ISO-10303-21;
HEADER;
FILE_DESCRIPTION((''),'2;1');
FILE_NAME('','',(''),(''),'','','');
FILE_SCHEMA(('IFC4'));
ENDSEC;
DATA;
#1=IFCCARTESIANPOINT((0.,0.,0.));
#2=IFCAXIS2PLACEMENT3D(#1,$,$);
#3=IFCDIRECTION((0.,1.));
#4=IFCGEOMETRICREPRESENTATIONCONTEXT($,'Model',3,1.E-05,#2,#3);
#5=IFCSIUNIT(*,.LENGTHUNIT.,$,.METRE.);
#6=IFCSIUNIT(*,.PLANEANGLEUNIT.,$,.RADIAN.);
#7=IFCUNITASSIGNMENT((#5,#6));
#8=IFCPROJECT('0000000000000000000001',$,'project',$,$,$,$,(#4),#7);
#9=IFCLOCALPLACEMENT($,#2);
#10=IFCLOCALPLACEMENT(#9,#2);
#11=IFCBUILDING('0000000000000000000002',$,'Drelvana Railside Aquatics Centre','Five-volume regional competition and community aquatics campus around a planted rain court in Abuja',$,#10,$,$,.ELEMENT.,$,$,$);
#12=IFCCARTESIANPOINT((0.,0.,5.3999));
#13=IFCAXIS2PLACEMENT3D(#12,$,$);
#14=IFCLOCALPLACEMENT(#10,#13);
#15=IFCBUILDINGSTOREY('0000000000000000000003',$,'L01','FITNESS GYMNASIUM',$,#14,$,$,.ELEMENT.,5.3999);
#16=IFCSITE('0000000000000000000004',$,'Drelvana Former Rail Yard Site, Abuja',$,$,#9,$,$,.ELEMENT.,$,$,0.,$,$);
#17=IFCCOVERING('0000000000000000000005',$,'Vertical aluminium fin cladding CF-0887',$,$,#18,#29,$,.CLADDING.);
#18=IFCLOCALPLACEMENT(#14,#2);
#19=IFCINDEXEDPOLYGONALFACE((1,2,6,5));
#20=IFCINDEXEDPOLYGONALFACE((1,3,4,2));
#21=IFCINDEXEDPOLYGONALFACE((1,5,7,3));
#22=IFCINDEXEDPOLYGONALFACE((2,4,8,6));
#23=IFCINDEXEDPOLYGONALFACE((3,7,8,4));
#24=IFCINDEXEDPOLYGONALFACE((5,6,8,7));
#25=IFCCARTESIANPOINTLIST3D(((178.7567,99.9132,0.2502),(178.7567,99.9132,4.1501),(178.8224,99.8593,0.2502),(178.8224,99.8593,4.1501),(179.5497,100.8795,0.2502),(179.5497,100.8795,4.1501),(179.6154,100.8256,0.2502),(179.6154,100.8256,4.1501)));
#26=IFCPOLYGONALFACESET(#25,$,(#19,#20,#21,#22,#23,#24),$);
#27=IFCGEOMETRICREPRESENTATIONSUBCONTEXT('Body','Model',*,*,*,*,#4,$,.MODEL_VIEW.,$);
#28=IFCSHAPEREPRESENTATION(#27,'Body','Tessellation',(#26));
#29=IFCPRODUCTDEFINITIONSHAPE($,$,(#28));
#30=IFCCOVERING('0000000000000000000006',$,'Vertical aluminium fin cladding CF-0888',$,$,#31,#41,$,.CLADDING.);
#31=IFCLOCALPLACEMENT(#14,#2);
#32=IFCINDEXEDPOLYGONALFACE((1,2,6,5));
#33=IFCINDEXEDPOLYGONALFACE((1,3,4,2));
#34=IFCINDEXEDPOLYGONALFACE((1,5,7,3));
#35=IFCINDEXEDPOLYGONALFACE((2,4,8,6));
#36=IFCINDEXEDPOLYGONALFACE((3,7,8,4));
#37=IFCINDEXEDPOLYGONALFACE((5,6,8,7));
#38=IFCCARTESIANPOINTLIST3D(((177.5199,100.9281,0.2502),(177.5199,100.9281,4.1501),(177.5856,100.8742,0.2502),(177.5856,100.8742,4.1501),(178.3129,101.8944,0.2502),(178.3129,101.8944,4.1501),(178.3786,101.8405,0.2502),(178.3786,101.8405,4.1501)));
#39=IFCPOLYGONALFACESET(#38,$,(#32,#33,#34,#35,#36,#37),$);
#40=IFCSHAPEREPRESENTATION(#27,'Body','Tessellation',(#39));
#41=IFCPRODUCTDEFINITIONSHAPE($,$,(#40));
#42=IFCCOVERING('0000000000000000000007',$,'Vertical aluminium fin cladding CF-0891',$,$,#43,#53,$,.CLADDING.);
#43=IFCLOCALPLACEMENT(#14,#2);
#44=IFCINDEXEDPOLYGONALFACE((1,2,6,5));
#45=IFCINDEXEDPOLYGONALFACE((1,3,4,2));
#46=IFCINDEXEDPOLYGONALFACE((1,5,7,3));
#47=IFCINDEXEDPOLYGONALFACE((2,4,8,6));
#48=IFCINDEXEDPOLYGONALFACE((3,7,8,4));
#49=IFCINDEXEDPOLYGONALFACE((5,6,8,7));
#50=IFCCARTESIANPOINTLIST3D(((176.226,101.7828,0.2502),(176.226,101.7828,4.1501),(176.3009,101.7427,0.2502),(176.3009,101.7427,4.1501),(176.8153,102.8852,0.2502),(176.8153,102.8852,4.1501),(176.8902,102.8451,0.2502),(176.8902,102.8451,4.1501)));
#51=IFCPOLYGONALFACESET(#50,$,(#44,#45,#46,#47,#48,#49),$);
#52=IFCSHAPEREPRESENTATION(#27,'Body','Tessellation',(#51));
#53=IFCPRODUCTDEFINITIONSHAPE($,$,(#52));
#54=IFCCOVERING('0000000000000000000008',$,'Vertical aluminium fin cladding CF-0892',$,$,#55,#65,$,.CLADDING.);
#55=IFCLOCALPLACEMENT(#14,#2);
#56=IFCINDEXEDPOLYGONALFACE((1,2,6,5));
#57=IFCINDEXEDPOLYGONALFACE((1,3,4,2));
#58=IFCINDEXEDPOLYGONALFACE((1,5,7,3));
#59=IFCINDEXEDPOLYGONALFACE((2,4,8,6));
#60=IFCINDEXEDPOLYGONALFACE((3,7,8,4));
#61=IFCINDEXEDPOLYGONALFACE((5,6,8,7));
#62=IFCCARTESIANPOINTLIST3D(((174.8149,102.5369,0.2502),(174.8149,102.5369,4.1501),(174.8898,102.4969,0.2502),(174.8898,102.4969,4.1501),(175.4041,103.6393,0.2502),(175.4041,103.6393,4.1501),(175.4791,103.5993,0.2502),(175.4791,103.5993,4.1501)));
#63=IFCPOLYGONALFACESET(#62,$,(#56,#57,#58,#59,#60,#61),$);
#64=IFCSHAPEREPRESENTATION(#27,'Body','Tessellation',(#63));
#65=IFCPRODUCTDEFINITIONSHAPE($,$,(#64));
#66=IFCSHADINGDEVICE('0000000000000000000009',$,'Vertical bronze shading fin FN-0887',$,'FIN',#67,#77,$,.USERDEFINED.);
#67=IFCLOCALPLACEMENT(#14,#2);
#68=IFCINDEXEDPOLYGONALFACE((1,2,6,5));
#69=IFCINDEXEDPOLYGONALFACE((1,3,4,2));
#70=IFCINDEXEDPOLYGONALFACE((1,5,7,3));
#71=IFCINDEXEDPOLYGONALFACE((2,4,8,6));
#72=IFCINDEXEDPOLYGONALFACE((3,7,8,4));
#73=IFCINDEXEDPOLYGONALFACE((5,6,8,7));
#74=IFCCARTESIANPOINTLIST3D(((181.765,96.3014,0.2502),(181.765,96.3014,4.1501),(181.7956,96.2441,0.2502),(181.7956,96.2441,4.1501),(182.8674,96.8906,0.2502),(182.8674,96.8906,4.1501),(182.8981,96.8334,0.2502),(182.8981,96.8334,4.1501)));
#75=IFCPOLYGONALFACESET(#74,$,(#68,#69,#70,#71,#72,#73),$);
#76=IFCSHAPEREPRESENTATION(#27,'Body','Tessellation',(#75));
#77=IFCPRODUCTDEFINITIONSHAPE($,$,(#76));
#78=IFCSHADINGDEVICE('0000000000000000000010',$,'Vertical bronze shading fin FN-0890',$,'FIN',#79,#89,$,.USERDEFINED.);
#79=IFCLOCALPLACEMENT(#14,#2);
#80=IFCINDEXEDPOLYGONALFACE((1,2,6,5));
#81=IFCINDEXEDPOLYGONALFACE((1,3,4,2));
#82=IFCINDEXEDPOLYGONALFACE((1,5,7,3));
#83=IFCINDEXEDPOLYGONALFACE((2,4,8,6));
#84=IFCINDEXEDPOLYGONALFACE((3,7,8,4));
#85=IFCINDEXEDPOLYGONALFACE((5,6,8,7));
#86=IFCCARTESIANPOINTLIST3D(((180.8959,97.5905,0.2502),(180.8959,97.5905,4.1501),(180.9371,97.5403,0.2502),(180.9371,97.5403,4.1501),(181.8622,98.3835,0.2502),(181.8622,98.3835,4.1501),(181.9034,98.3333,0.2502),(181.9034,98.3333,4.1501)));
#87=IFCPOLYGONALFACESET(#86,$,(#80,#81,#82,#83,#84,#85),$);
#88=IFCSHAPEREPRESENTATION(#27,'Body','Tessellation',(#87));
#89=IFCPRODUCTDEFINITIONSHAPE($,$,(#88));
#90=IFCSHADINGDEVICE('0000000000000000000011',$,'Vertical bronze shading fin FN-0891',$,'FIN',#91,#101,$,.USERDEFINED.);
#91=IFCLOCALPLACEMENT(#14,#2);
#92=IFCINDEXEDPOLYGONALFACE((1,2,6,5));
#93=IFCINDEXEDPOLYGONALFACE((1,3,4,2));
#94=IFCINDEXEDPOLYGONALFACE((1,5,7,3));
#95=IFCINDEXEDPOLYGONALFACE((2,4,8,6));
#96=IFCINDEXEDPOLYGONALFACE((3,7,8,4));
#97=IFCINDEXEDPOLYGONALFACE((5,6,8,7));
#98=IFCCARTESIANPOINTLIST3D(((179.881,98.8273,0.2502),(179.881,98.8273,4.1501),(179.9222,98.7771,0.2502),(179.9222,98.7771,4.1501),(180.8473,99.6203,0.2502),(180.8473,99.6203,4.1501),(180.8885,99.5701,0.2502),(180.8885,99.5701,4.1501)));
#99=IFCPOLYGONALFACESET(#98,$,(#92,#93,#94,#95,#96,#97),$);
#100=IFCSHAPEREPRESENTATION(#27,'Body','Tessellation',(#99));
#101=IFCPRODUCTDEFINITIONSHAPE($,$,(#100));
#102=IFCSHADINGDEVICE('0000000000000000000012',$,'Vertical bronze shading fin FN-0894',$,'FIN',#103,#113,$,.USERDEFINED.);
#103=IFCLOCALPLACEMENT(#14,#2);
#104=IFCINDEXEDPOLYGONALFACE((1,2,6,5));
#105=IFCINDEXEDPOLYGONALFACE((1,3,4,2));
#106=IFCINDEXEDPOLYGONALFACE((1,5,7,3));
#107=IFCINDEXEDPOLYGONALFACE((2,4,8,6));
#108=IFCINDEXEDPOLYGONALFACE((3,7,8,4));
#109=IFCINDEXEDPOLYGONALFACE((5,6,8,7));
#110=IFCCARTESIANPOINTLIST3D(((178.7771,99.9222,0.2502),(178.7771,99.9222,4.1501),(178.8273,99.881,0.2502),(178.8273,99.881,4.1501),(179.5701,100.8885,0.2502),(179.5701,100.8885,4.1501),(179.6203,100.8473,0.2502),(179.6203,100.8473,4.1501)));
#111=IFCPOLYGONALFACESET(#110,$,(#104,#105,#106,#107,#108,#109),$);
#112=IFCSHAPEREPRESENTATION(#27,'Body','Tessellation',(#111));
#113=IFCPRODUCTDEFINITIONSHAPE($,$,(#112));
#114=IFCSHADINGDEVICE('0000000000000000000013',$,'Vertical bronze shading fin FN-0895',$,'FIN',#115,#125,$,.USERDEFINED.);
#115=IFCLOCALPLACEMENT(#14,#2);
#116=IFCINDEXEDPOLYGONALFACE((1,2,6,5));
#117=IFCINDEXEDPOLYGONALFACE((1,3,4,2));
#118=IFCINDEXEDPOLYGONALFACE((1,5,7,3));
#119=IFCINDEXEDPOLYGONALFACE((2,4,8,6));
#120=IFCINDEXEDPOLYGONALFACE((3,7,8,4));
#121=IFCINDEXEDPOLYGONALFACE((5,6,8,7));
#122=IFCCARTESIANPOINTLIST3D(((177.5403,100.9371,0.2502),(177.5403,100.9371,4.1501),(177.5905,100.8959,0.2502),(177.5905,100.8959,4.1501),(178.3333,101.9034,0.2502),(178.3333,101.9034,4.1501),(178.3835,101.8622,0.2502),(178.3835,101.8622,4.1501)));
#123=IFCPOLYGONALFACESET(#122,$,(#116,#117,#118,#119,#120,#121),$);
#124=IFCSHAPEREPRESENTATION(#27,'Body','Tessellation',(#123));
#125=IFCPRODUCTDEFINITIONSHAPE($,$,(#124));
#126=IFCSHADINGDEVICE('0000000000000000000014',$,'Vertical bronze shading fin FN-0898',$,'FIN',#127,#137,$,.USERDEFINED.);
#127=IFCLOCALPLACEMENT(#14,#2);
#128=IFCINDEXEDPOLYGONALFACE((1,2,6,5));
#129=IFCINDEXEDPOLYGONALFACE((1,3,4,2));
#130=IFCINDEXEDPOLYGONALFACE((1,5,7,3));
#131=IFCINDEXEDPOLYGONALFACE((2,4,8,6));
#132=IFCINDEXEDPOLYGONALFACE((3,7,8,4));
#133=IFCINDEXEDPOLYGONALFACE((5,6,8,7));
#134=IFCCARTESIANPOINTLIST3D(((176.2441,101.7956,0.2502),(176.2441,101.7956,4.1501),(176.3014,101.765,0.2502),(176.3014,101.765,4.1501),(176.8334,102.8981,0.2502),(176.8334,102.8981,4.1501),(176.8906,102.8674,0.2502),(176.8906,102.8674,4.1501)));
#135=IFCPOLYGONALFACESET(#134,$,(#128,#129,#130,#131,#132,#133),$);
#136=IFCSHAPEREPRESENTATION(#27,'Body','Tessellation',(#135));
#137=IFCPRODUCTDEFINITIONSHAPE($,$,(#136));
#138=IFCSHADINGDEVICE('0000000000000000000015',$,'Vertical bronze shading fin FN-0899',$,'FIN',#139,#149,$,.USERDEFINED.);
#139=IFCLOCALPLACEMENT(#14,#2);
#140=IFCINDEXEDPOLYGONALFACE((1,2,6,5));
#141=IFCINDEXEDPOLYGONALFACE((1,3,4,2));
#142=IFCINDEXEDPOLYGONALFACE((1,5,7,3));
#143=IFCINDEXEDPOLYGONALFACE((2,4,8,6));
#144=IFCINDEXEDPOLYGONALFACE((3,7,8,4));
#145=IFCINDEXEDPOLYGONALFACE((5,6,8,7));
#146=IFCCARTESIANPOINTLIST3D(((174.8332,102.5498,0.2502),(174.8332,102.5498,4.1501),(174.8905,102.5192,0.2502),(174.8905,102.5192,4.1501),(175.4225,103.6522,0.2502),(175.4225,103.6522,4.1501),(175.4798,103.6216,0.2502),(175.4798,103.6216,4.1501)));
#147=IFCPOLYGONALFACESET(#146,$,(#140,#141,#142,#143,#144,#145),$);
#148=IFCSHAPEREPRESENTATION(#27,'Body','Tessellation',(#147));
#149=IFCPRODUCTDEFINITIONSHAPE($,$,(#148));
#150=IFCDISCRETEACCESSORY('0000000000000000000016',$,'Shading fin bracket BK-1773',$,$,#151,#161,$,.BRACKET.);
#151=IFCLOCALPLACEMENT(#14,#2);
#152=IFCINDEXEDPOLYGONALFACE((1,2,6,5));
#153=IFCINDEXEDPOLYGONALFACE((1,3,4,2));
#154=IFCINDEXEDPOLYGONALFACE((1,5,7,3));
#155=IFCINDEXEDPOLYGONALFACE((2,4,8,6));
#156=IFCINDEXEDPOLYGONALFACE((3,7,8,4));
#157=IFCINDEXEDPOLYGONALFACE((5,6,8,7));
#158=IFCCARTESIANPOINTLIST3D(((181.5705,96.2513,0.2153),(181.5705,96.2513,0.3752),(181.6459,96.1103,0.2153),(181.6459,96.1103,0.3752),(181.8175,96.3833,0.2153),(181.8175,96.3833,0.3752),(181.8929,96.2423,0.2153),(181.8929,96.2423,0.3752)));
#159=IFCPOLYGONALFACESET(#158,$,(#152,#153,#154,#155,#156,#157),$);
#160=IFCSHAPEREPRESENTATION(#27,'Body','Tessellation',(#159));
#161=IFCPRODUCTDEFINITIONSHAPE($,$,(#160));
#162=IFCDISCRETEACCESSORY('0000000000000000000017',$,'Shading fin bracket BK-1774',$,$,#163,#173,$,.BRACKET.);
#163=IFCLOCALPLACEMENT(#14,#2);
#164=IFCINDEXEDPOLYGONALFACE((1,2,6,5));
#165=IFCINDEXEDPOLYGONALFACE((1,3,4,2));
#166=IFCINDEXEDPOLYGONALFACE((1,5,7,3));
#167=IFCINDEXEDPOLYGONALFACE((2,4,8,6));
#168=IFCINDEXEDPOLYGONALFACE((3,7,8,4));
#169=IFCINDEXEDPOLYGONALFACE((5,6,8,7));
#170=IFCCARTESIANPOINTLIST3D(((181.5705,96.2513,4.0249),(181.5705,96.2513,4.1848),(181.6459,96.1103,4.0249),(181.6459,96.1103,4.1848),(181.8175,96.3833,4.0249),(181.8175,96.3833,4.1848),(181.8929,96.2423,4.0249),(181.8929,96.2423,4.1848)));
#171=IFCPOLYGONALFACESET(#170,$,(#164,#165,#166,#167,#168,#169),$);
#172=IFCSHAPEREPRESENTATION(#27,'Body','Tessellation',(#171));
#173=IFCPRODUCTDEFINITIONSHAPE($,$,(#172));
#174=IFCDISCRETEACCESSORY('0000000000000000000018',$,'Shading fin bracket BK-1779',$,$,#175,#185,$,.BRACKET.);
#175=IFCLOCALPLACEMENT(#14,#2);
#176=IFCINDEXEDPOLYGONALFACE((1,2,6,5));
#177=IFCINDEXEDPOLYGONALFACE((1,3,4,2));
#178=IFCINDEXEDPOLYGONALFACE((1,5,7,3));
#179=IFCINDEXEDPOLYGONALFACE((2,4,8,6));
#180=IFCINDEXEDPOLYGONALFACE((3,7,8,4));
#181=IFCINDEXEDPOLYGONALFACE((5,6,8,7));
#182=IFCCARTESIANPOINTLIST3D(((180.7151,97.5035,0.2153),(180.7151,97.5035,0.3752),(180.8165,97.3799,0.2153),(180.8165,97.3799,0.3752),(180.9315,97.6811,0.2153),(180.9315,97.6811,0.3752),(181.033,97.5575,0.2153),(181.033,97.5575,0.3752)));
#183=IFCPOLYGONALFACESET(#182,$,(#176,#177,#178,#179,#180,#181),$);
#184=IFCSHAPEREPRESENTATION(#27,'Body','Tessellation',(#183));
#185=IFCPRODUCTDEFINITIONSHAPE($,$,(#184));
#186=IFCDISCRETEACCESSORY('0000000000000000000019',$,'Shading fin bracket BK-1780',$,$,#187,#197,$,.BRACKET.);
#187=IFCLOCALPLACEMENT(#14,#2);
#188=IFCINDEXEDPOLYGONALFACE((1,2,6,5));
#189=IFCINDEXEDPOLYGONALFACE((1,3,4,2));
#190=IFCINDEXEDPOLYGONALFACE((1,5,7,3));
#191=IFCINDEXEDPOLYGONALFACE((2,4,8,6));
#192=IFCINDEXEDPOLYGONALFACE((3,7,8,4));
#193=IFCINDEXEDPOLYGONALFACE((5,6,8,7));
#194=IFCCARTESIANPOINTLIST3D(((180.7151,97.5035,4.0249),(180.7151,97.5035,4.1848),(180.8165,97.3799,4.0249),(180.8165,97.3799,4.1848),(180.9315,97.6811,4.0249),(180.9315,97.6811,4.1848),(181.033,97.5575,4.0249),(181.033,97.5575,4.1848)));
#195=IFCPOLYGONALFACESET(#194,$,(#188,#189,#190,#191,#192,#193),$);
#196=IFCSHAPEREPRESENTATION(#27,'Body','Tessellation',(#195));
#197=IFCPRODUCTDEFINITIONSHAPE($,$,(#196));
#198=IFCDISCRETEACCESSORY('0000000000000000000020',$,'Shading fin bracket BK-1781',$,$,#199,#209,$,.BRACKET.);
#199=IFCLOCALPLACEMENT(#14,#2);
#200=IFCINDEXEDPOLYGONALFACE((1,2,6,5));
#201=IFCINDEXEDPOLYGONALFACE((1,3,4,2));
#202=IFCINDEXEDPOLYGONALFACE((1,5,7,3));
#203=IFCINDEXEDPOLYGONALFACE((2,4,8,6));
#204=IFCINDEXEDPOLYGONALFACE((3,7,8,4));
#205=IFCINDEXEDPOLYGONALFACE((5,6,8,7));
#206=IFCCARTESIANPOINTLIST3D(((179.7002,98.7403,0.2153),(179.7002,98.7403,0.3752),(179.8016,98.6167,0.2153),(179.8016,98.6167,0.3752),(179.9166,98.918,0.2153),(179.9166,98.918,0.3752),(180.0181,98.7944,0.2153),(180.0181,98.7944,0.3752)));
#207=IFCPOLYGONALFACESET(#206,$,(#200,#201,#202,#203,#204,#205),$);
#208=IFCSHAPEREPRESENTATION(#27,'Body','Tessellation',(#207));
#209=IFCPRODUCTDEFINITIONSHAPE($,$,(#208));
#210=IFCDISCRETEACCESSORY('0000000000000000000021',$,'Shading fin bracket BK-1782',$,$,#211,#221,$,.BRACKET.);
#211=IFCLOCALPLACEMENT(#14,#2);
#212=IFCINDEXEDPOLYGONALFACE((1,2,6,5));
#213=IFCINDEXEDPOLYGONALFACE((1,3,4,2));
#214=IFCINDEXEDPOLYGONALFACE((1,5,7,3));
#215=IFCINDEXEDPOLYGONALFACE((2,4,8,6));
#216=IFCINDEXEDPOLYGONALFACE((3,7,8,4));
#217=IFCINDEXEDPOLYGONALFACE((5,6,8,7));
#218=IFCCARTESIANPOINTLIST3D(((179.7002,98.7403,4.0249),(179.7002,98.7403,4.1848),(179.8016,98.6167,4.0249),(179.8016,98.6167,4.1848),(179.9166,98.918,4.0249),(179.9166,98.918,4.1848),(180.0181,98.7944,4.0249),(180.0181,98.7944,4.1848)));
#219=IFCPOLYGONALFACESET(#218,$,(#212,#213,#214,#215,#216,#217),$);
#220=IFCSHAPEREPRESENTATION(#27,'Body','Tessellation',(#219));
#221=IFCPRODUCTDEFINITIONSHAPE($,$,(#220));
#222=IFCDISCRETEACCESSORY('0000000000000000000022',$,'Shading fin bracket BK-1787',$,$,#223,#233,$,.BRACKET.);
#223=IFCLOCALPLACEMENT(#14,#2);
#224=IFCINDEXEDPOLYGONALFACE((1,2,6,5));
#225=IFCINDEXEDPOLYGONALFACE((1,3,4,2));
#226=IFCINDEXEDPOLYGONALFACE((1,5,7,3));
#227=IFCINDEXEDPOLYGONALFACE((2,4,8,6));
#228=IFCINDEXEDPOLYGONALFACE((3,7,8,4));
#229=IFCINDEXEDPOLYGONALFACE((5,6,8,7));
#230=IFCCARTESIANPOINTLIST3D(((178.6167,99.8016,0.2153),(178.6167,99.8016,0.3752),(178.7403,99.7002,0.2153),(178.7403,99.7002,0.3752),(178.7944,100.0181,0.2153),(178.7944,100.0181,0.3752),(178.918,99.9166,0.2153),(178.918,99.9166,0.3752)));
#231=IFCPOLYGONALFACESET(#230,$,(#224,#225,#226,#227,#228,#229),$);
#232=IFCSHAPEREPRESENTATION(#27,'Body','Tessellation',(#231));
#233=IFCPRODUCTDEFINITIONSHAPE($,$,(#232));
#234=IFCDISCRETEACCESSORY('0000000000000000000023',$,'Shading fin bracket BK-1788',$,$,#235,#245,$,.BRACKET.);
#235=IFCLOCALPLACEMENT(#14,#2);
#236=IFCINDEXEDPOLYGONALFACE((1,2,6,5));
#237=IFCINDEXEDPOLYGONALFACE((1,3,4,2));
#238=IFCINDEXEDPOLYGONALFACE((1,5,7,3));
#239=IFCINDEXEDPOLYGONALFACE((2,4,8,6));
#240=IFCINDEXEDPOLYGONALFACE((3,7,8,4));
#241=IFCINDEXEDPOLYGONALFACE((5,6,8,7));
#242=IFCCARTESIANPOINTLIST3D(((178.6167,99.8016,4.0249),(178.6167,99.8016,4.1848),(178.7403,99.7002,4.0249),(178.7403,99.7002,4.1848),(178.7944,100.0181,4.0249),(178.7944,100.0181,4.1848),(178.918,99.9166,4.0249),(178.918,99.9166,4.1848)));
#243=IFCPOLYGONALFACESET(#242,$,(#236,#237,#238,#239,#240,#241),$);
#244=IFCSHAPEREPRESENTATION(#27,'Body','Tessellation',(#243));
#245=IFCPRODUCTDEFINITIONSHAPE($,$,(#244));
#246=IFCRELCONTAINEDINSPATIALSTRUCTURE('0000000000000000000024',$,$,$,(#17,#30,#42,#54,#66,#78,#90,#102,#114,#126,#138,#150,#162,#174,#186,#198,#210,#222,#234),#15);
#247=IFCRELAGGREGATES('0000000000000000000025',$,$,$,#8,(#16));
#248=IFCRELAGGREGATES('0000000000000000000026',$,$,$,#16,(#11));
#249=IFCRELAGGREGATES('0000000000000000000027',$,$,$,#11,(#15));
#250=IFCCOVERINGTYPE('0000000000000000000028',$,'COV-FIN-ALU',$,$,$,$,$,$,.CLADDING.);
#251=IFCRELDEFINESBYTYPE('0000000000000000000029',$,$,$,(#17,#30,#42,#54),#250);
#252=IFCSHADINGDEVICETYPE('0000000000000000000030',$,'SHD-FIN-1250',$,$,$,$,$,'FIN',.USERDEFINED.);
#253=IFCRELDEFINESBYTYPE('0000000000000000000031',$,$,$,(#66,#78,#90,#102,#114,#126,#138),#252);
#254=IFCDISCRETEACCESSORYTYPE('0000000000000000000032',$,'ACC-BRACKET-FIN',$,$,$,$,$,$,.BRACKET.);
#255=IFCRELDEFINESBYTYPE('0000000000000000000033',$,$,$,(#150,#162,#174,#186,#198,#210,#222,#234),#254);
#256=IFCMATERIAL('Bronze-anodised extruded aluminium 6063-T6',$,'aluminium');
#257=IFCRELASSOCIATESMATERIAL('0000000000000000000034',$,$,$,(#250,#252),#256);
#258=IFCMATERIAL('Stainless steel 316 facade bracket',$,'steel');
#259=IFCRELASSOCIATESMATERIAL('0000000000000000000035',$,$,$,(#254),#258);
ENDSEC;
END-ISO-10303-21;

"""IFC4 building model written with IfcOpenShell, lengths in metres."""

from ifc_helpers import new_model, si_unit, direction, frame, origin, origin_2d, place, context, subcontext, project, spatial, rectangle, extrude, material, type_object, element, save


model = new_model("IFC4")

# Units and contexts
model_context = context("Model", 3, precision=1e-05, world=origin(), true_north=direction((0.0, 1.0)))
body_context = subcontext(model_context, "Body", "Model", "MODEL_VIEW")
ifc_project = project(units=[si_unit("LENGTHUNIT", "METRE"), si_unit("PLANEANGLEUNIT", "RADIAN")], contexts=[model_context])

# Site, building, storey
site_placement = place(None, origin())
site = spatial("IfcSite", under=ifc_project, at=site_placement, Name="Drelvana Former Rail Yard Site, Abuja", CompositionType="ELEMENT", RefElevation=0.0)
building_placement = place(site_placement, origin())
building = spatial("IfcBuilding", under=site, at=building_placement, Name="Drelvana Railside Aquatics Centre", Description="Five-volume regional competition and community aquatics campus around a planted rain court in Abuja", CompositionType="ELEMENT")
storey_placement = place(building_placement, frame((0.0, 0.0, 5.3999)))
storey = spatial("IfcBuildingStorey", under=building, at=storey_placement, Name="L01", Description="FITNESS GYMNASIUM", CompositionType="ELEMENT", Elevation=5.3999)

# Coverings
ifc_material_1 = material(Name="Bronze-anodised extruded aluminium 6063-T6", Category="aluminium")
covering_type = type_object("IfcCoveringType", Name="COV-FIN-ALU", PredefinedType="CLADDING", material=ifc_material_1)
for number, where, z_axis, x_axis, name in (
    (1, (179.186, 100.3694, 0.2502), (0.0, 0.0, 1.0), (0.77301, -0.634393, 0.0), "Vertical aluminium fin cladding CF-0887"),
    (2, (177.9492, 101.3843, 0.2502), (0.0, 0.0, 1.0), (0.77301, -0.634393, 0.0), "Vertical aluminium fin cladding CF-0888"),
    (3, (176.5581, 102.314, 0.2502), (0.0, 0.0, 1.0), (0.881921, -0.471397, 0.0), "Vertical aluminium fin cladding CF-0891"),
    (4, (175.147, 103.0681, 0.2502), (0.0, 0.0, 1.0), (0.881921, -0.471397, 0.0), "Vertical aluminium fin cladding CF-0892"),
):
    element("IfcCovering", number, at=place(storey_placement, frame(where, z_axis=z_axis, x_axis=x_axis)), inside=storey, type_object=covering_type, Name=name, PredefinedType="CLADDING", context=body_context, shape_type="SweptSolid", body=[
        extrude(rectangle(XDim=0.085, YDim=1.25, at=origin_2d()), origin(), (0.0, 0.0, 1.0), 3.8999),
    ])

# Shading devices
shading_device_type = type_object("IfcShadingDeviceType", Name="SHD-FIN-1250", ElementType="FIN", PredefinedType="USERDEFINED", material=ifc_material_1)
for number, where, z_axis, x_axis, name in (
    (5, (182.3315, 96.5674, 0.2502), (0.0, 0.0, 1.0), (0.881921, 0.471397, 0.0), "Vertical bronze shading fin FN-0887"),
    (6, (181.3997, 97.9619, 0.2502), (0.0, 0.0, 1.0), (0.77301, 0.634393, 0.0), "Vertical bronze shading fin FN-0890"),
    (7, (180.3848, 99.1987, 0.2502), (0.0, 0.0, 1.0), (0.77301, 0.634393, 0.0), "Vertical bronze shading fin FN-0891"),
    (8, (179.1987, 100.3848, 0.2502), (0.0, 0.0, 1.0), (0.634393, 0.77301, 0.0), "Vertical bronze shading fin FN-0894"),
    (9, (177.9619, 101.3997, 0.2502), (0.0, 0.0, 1.0), (0.634393, 0.77301, 0.0), "Vertical bronze shading fin FN-0895"),
    (10, (176.5674, 102.3315, 0.2502), (0.0, 0.0, 1.0), (0.471397, 0.881921, 0.0), "Vertical bronze shading fin FN-0898"),
    (11, (175.1565, 103.0857, 0.2502), (0.0, 0.0, 1.0), (0.471397, 0.881921, 0.0), "Vertical bronze shading fin FN-0899"),
):
    element("IfcShadingDevice", number, at=place(storey_placement, frame(where, z_axis=z_axis, x_axis=x_axis)), inside=storey, type_object=shading_device_type, Name=name, ObjectType="FIN", PredefinedType="USERDEFINED", context=body_context, shape_type="SweptSolid", body=[
        extrude(rectangle(XDim=1.25, YDim=0.0649, at=origin_2d()), origin(), (0.0, 0.0, 1.0), 3.8999),
    ])

# Discrete accessories
ifc_material_2 = material(Name="Stainless steel 316 facade bracket", Category="steel")
discrete_accessory_type = type_object("IfcDiscreteAccessoryType", Name="ACC-BRACKET-FIN", PredefinedType="BRACKET", material=ifc_material_2)
for number, where, z_axis, x_axis, name in (
    (12, (181.7317, 96.2468, 0.2153), (0.0, 0.0, 1.0), (0.881921, 0.471397, 0.0), "Shading fin bracket BK-1773"),
    (13, (181.7317, 96.2468, 4.0249), (0.0, 0.0, 1.0), (0.881921, 0.471397, 0.0), "Shading fin bracket BK-1774"),
    (14, (180.874, 97.5305, 0.2153), (0.0, 0.0, 1.0), (0.77301, 0.634393, 0.0), "Shading fin bracket BK-1779"),
    (15, (180.874, 97.5305, 4.0249), (0.0, 0.0, 1.0), (0.77301, 0.634393, 0.0), "Shading fin bracket BK-1780"),
    (16, (179.8591, 98.7673, 0.2153), (0.0, 0.0, 1.0), (0.77301, 0.634393, 0.0), "Shading fin bracket BK-1781"),
    (17, (179.8591, 98.7673, 4.0249), (0.0, 0.0, 1.0), (0.77301, 0.634393, 0.0), "Shading fin bracket BK-1782"),
    (18, (178.7673, 99.8591, 0.2153), (0.0, 0.0, 1.0), (0.634393, 0.77301, 0.0), "Shading fin bracket BK-1787"),
    (19, (178.7673, 99.8591, 4.0249), (0.0, 0.0, 1.0), (0.634393, 0.77301, 0.0), "Shading fin bracket BK-1788"),
):
    element("IfcDiscreteAccessory", number, at=place(storey_placement, frame(where, z_axis=z_axis, x_axis=x_axis)), inside=storey, type_object=discrete_accessory_type, Name=name, PredefinedType="BRACKET", context=body_context, shape_type="SweptSolid", body=[
        extrude(rectangle(XDim=0.28, YDim=0.1599, at=origin_2d()), origin(), (0.0, 0.0, 1.0), 0.1599),
    ])

save(model, "model.ifc")
